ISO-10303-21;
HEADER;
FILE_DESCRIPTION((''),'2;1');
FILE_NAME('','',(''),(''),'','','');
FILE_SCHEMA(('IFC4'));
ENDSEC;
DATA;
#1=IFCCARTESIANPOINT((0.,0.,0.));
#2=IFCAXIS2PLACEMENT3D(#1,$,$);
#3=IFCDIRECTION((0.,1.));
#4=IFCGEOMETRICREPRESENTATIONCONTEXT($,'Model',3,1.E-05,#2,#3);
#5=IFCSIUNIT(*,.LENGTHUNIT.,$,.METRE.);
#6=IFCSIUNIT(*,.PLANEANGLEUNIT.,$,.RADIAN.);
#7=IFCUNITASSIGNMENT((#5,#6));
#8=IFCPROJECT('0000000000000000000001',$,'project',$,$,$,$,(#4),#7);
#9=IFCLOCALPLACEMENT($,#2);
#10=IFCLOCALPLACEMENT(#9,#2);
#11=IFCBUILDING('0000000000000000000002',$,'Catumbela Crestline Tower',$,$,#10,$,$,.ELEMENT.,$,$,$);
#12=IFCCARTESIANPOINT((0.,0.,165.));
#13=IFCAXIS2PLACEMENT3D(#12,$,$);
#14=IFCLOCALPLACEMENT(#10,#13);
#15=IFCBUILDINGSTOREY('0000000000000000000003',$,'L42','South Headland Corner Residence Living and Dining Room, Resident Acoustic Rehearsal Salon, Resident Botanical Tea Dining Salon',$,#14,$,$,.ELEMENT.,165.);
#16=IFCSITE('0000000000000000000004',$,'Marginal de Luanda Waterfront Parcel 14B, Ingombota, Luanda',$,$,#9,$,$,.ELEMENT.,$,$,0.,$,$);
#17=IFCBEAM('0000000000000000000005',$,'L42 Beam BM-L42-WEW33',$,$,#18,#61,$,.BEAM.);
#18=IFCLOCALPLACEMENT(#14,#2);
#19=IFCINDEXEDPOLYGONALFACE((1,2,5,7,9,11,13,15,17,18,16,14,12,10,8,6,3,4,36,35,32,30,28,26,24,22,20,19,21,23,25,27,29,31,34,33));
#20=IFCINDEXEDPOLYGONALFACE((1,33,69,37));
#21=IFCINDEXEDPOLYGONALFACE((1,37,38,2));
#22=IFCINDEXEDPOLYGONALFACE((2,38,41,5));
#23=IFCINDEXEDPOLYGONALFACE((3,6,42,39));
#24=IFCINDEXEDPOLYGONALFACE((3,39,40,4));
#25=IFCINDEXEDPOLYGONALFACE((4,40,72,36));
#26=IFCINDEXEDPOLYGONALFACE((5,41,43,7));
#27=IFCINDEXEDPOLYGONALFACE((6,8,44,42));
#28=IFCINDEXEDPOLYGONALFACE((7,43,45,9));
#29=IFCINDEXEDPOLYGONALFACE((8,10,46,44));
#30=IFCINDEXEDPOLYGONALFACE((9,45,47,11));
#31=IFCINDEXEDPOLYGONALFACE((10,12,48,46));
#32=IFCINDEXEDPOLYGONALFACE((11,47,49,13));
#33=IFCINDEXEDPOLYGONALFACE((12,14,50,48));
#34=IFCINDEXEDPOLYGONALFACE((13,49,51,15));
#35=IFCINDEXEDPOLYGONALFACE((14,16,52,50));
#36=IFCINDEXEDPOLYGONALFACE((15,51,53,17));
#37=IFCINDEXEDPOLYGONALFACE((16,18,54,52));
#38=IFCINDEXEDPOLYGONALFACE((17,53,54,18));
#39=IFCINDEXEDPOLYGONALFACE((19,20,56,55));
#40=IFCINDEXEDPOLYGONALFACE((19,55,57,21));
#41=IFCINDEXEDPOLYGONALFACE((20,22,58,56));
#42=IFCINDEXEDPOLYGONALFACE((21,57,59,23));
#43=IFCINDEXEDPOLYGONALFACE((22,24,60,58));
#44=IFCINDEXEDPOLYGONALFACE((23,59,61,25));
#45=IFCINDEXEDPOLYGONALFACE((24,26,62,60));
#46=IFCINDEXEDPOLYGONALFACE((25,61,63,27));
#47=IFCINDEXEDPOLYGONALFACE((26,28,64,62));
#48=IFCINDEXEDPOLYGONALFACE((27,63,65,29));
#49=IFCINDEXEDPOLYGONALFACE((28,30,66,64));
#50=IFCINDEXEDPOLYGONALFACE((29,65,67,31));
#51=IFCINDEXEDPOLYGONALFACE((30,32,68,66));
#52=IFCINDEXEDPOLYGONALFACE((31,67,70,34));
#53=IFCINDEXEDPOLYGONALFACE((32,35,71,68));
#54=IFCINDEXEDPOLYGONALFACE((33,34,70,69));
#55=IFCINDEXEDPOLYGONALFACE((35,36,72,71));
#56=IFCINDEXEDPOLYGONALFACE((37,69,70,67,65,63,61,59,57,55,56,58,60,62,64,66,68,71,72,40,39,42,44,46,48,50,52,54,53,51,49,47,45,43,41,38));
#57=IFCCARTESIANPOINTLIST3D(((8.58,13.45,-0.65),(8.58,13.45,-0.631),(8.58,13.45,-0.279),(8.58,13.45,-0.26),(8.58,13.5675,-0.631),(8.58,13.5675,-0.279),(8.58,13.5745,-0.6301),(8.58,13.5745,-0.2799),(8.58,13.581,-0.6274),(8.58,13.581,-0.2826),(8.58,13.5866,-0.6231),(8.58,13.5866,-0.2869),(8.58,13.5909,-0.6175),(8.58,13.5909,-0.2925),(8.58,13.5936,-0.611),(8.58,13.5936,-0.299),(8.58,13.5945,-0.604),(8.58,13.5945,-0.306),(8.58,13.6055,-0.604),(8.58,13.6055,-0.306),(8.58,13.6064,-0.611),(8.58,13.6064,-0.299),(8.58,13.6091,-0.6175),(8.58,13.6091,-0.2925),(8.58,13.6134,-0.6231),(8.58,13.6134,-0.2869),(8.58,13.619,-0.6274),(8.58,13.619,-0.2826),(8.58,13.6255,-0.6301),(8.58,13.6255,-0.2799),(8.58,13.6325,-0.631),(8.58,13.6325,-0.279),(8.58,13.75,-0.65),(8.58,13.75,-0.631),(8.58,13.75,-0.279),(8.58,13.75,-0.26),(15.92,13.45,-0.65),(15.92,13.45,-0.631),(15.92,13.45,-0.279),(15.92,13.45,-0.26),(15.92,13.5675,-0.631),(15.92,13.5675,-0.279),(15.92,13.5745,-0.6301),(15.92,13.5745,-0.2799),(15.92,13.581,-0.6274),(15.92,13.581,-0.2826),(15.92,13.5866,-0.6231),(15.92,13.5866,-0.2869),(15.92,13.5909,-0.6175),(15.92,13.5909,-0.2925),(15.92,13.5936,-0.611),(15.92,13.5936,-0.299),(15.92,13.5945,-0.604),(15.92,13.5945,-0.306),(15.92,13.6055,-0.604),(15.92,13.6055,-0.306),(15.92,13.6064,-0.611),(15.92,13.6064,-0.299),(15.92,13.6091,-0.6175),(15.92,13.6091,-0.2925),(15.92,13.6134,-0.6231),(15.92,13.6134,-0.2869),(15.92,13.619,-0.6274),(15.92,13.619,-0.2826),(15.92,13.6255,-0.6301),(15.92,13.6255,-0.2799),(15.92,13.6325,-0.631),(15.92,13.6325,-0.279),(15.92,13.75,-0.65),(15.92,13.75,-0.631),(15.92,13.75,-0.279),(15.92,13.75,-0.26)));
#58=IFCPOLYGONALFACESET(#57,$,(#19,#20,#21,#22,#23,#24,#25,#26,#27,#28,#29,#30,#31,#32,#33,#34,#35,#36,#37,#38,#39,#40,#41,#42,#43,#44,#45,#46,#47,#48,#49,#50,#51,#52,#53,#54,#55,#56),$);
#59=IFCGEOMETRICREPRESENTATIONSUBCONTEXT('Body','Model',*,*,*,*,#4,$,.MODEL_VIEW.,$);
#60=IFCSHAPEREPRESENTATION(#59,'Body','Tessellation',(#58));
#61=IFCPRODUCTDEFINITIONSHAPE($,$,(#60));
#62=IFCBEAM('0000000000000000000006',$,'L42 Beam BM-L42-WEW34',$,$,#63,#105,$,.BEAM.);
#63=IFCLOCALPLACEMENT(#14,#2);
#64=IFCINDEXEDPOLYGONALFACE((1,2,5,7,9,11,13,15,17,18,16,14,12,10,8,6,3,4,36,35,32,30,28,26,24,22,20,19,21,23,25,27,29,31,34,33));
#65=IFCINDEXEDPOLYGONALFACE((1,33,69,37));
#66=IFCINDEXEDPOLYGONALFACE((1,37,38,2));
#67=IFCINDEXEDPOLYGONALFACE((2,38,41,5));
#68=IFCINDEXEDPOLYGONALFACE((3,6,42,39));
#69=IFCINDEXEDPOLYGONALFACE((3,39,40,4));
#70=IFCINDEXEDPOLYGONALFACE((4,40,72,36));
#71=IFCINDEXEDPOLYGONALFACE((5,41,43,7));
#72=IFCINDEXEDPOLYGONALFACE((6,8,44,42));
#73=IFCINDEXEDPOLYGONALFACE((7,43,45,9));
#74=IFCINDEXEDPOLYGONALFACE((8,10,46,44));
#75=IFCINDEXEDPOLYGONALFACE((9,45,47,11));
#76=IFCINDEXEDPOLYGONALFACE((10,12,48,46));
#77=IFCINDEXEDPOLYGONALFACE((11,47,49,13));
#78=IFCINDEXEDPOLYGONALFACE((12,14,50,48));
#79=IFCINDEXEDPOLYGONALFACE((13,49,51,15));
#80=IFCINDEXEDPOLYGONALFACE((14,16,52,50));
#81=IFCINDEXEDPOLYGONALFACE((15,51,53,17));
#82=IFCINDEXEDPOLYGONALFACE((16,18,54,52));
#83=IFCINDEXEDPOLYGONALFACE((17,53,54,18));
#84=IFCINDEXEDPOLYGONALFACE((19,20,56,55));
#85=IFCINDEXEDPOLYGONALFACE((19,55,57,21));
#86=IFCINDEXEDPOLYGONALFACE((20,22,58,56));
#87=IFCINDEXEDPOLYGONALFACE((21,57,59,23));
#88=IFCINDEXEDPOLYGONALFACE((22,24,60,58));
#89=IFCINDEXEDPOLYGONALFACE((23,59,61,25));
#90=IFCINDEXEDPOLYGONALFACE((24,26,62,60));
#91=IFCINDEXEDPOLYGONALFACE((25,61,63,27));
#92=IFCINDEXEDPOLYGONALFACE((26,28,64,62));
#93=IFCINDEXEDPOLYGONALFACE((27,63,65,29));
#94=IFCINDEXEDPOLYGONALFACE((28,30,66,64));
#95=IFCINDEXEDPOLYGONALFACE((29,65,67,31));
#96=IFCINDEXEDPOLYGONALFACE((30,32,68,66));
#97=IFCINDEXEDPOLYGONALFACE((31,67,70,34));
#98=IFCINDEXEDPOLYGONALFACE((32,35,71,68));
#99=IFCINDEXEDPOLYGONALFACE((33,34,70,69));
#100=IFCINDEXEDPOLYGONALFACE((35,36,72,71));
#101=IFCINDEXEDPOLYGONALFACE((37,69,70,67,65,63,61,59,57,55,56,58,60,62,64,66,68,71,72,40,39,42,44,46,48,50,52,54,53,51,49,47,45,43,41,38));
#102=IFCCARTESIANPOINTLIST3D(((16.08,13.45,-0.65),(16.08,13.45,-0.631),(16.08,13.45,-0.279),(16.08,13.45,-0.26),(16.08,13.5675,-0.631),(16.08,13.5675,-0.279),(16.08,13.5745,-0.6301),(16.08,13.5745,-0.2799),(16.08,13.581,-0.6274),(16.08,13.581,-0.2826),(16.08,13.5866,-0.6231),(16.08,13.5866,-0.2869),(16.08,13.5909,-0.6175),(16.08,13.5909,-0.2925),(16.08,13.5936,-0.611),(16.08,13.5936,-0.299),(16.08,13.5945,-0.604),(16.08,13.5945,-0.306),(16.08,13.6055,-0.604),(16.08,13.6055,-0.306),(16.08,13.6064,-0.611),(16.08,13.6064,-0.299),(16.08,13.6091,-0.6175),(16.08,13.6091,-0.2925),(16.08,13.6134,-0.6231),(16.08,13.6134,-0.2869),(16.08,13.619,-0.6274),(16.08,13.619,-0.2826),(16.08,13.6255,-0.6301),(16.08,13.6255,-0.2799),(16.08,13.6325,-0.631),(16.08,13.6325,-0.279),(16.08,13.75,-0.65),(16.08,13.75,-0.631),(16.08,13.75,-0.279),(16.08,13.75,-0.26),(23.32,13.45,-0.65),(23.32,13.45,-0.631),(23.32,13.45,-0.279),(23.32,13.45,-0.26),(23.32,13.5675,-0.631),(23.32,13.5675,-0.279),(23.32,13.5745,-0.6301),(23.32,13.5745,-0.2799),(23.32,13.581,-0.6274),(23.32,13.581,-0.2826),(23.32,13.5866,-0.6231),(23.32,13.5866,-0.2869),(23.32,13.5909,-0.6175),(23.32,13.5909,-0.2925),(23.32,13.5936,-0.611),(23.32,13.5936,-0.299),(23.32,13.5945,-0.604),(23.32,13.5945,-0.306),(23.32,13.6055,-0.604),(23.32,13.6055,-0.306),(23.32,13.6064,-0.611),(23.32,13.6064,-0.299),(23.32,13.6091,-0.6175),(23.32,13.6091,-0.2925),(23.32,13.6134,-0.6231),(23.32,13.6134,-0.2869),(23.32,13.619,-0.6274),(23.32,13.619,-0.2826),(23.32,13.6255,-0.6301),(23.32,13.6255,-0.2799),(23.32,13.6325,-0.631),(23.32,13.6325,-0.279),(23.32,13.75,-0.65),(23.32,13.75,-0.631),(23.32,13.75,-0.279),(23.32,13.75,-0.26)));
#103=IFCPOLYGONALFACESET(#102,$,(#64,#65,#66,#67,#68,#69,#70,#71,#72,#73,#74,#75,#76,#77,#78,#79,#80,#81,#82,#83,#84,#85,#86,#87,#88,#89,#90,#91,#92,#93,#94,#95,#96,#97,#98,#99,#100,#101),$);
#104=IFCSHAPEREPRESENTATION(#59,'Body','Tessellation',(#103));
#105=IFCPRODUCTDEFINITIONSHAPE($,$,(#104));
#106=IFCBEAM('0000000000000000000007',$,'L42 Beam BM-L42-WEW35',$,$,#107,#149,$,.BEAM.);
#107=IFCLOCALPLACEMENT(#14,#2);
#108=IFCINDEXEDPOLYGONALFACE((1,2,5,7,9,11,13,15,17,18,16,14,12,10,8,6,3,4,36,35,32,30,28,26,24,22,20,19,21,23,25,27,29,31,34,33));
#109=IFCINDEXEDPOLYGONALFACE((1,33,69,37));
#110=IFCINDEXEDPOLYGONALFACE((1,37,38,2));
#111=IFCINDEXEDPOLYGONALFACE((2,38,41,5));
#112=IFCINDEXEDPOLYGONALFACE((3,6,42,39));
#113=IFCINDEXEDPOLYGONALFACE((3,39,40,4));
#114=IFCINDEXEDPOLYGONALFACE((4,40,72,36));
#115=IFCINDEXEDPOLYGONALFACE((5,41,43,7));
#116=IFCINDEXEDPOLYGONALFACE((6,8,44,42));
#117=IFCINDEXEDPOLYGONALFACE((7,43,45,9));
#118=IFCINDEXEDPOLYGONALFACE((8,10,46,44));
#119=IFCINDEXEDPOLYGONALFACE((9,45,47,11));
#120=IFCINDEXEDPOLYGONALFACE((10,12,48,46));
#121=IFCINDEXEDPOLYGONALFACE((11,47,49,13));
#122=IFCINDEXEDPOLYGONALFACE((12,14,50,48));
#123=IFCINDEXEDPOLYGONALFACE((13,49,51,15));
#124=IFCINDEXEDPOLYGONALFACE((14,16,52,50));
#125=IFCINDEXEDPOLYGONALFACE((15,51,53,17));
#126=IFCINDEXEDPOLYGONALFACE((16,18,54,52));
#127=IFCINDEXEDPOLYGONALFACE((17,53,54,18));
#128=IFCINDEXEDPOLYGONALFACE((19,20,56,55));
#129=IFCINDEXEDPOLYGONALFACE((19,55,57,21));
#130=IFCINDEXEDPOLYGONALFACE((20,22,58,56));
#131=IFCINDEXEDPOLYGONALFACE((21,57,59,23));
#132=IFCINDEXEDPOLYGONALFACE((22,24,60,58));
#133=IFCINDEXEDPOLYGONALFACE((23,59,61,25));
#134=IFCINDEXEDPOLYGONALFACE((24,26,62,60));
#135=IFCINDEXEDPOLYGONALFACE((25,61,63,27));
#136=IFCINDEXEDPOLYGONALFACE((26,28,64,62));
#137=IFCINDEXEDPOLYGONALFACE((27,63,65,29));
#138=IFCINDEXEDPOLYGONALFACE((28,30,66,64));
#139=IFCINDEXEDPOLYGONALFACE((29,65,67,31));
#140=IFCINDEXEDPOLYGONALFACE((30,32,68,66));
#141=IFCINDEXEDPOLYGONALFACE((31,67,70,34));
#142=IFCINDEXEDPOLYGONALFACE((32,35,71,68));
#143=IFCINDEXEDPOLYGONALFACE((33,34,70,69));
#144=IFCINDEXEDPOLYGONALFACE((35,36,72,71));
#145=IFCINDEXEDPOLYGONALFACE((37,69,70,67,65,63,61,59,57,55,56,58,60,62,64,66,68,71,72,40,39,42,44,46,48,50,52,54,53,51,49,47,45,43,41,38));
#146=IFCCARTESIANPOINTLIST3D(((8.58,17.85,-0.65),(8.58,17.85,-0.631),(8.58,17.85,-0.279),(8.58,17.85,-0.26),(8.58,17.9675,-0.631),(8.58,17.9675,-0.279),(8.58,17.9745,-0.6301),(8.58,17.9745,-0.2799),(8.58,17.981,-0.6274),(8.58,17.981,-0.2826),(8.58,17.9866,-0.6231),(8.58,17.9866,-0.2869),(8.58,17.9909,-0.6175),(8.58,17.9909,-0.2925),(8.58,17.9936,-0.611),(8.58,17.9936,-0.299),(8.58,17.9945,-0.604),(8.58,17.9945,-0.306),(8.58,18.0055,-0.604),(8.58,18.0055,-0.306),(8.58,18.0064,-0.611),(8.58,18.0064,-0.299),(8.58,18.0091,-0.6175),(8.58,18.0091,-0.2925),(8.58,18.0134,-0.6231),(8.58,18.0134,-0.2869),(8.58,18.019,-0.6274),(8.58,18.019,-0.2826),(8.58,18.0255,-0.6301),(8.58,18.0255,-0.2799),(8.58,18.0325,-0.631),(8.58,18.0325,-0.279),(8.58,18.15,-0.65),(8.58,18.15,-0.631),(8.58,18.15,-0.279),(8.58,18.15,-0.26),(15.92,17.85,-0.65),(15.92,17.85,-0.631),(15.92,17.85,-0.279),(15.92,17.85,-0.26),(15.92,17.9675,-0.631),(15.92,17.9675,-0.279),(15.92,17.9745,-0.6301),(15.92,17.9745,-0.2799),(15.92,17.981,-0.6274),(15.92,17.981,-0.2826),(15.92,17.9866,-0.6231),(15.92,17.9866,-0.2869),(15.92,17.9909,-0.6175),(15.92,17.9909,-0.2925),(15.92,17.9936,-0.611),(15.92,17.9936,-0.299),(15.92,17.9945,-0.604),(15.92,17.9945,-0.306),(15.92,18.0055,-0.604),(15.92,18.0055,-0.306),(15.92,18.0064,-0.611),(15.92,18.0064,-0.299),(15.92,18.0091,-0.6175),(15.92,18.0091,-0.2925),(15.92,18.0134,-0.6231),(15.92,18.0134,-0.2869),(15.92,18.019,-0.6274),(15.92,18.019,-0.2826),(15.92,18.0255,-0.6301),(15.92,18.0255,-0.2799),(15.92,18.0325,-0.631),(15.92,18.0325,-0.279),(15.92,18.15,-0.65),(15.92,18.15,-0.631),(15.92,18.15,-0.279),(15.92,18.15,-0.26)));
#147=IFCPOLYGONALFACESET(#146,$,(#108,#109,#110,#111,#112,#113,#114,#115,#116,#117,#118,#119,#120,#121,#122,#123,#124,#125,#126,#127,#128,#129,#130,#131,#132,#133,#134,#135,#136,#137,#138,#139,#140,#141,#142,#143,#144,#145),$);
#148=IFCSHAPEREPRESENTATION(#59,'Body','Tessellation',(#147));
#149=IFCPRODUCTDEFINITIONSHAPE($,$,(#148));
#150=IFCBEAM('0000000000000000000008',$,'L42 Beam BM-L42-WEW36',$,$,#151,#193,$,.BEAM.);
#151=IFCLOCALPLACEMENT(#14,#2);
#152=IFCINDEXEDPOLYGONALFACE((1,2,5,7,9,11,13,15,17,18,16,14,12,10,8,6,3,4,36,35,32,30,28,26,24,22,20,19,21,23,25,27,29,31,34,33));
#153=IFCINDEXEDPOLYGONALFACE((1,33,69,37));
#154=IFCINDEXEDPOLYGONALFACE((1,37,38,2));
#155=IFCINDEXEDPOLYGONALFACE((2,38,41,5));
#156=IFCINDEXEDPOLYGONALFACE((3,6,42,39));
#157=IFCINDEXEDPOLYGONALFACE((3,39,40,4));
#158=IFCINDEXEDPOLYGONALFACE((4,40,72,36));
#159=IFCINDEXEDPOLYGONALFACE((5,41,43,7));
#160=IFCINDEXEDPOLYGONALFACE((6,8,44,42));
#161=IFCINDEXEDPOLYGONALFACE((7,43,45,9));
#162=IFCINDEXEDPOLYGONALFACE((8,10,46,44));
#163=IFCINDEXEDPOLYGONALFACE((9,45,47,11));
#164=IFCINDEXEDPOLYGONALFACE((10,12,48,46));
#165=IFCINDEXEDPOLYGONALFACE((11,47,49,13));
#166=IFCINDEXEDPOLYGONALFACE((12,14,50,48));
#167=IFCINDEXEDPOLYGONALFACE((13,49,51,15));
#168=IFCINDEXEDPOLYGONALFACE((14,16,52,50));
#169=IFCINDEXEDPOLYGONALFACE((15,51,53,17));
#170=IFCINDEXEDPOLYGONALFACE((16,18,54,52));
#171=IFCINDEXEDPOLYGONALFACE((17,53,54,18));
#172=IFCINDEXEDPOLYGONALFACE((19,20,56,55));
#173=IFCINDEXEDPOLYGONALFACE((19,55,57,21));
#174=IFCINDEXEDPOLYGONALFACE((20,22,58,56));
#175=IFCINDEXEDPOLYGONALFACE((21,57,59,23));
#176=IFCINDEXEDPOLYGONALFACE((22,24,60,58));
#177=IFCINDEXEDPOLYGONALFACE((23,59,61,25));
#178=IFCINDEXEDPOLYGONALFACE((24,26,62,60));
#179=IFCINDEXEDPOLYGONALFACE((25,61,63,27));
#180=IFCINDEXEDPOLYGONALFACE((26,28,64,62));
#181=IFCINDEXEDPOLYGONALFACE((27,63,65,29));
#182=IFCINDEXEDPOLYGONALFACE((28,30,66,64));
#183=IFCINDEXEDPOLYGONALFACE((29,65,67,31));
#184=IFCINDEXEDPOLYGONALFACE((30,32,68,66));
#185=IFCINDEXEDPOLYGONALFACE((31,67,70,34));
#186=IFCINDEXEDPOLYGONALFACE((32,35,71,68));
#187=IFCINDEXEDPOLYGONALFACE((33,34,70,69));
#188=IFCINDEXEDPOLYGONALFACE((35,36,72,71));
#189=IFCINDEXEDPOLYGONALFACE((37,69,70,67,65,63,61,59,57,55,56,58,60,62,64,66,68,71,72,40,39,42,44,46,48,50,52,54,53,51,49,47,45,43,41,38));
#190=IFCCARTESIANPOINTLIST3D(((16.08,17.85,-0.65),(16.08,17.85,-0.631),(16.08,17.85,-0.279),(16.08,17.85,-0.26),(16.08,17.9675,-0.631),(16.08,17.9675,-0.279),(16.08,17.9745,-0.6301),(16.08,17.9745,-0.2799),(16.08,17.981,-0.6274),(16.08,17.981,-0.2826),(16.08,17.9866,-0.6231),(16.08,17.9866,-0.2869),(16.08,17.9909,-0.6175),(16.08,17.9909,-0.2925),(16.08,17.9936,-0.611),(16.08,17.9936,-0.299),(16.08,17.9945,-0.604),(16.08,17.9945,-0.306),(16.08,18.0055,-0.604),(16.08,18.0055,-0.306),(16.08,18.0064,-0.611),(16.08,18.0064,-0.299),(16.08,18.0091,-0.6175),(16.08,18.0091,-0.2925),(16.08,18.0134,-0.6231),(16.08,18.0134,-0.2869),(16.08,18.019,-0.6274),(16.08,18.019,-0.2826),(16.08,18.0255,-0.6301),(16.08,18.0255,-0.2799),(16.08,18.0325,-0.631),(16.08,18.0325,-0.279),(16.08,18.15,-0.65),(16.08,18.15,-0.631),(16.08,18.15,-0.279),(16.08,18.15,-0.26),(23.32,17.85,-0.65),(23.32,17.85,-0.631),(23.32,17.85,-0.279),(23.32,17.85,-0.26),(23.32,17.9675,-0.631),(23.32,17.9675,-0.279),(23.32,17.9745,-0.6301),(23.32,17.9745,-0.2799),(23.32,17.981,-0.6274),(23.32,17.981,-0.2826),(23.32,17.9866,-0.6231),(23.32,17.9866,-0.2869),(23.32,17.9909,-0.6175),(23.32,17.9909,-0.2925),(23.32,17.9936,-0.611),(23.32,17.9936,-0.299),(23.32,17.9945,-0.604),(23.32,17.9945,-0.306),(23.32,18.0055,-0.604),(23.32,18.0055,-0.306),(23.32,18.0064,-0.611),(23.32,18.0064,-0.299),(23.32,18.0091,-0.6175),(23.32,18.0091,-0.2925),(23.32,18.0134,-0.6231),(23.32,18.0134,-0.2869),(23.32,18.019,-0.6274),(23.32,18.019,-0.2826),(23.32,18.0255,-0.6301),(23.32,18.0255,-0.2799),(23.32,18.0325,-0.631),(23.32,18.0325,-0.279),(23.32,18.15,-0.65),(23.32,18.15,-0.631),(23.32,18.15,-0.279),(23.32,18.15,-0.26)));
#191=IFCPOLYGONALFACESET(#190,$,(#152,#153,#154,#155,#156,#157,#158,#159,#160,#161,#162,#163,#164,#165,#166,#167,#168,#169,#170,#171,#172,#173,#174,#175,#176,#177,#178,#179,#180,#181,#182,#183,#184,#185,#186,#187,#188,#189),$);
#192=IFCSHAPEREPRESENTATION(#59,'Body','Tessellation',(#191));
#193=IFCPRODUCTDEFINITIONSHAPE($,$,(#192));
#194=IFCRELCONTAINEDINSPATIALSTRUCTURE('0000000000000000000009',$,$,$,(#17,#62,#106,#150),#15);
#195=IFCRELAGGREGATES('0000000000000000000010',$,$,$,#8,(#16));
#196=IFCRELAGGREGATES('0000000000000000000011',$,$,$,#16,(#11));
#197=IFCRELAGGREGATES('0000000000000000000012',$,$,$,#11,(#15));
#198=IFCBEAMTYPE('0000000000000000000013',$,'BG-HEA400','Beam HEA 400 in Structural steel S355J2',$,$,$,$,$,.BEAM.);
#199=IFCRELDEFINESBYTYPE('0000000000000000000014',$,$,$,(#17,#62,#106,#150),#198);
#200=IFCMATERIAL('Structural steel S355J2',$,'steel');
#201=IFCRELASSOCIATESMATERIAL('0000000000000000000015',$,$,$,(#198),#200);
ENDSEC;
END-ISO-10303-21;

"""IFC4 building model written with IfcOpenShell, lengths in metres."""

from ifc_helpers import new_model, si_unit, direction, frame, origin, origin_2d, place, context, subcontext, project, spatial, i_section, extrude, material, material_profile, profile_set, type_object, element, save


model = new_model("IFC4")

# Units and contexts
model_context = context("Model", 3, precision=1e-05, world=origin(), true_north=direction((0.0, 1.0)))
body_context = subcontext(model_context, "Body", "Model", "MODEL_VIEW")
ifc_project = project(units=[si_unit("LENGTHUNIT", "METRE"), si_unit("PLANEANGLEUNIT", "RADIAN")], contexts=[model_context])

# Site, building, storey
site_placement = place(None, origin())
site = spatial("IfcSite", under=ifc_project, at=site_placement, Name="Marginal de Luanda Waterfront Parcel 14B, Ingombota, Luanda", CompositionType="ELEMENT", RefElevation=0.0)
building_placement = place(site_placement, origin())
building = spatial("IfcBuilding", under=site, at=building_placement, Name="Catumbela Crestline Tower", CompositionType="ELEMENT")
storey_placement = place(building_placement, frame((0.0, 0.0, 165.0)))
storey = spatial("IfcBuildingStorey", under=building, at=storey_placement, Name="L42", Description="South Headland Corner Residence Living and Dining Room, Resident Acoustic Rehearsal Salon, Resident Botanical Tea Dining Salon", CompositionType="ELEMENT", Elevation=165.0)

# Shared definitions
ifc_material_1 = material(Name="Structural steel S355J2", Category="steel")

# Beams
ifc_material_profile_1 = material_profile(ifc_material_1, i_section(OverallWidth=0.3, OverallDepth=0.39, WebThickness=0.011, FlangeThickness=0.019, FilletRadius=0.027, at=origin_2d()), Name="HEA 400")
ifc_profile_set_1 = profile_set([ifc_material_profile_1], Name="Structural steel S355J2")
beam_type_1 = type_object("IfcBeamType", Name="BG-HEA400", Description="Beam HEA 400 in Structural steel S355J2", PredefinedType="BEAM", material=ifc_profile_set_1)
beam_1_placement = place(storey_placement, frame((8.58, 13.6, -0.455), z_axis=(1.0, 0.0, 0.0), x_axis=(0.0, 1.0, 0.0)))
element("IfcBeam", 1, at=beam_1_placement, inside=storey, type_object=beam_type_1, Name="L42 Beam BM-L42-WEW33", PredefinedType="BEAM", context=body_context, shape_type="SweptSolid", body=[
    extrude(i_section(OverallWidth=0.3, OverallDepth=0.39, WebThickness=0.011, FlangeThickness=0.019, FilletRadius=0.027, at=origin_2d()), origin(), (0.0, 0.0, 1.0), 7.34),
])
beam_2_placement = place(storey_placement, frame((16.08, 13.6, -0.455), z_axis=(1.0, 0.0, 0.0), x_axis=(0.0, 1.0, 0.0)))
element("IfcBeam", 2, at=beam_2_placement, inside=storey, type_object=beam_type_1, Name="L42 Beam BM-L42-WEW34", PredefinedType="BEAM", context=body_context, shape_type="SweptSolid", body=[
    extrude(i_section(OverallWidth=0.3, OverallDepth=0.39, WebThickness=0.011, FlangeThickness=0.019, FilletRadius=0.027, at=origin_2d()), origin(), (0.0, 0.0, 1.0), 7.24),
])
beam_3_placement = place(storey_placement, frame((8.58, 18.0, -0.455), z_axis=(1.0, 0.0, 0.0), x_axis=(0.0, 1.0, 0.0)))
element("IfcBeam", 3, at=beam_3_placement, inside=storey, type_object=beam_type_1, Name="L42 Beam BM-L42-WEW35", PredefinedType="BEAM", context=body_context, shape_type="SweptSolid", body=[
    extrude(i_section(OverallWidth=0.3, OverallDepth=0.39, WebThickness=0.011, FlangeThickness=0.019, FilletRadius=0.027, at=origin_2d()), origin(), (0.0, 0.0, 1.0), 7.34),
])
beam_4_placement = place(storey_placement, frame((16.08, 18.0, -0.455), z_axis=(1.0, 0.0, 0.0), x_axis=(0.0, 1.0, 0.0)))
element("IfcBeam", 4, at=beam_4_placement, inside=storey, type_object=beam_type_1, Name="L42 Beam BM-L42-WEW36", PredefinedType="BEAM", context=body_context, shape_type="SweptSolid", body=[
    extrude(i_section(OverallWidth=0.3, OverallDepth=0.39, WebThickness=0.011, FlangeThickness=0.019, FilletRadius=0.027, at=origin_2d()), origin(), (0.0, 0.0, 1.0), 7.24),
])

save(model, "model.ifc")
